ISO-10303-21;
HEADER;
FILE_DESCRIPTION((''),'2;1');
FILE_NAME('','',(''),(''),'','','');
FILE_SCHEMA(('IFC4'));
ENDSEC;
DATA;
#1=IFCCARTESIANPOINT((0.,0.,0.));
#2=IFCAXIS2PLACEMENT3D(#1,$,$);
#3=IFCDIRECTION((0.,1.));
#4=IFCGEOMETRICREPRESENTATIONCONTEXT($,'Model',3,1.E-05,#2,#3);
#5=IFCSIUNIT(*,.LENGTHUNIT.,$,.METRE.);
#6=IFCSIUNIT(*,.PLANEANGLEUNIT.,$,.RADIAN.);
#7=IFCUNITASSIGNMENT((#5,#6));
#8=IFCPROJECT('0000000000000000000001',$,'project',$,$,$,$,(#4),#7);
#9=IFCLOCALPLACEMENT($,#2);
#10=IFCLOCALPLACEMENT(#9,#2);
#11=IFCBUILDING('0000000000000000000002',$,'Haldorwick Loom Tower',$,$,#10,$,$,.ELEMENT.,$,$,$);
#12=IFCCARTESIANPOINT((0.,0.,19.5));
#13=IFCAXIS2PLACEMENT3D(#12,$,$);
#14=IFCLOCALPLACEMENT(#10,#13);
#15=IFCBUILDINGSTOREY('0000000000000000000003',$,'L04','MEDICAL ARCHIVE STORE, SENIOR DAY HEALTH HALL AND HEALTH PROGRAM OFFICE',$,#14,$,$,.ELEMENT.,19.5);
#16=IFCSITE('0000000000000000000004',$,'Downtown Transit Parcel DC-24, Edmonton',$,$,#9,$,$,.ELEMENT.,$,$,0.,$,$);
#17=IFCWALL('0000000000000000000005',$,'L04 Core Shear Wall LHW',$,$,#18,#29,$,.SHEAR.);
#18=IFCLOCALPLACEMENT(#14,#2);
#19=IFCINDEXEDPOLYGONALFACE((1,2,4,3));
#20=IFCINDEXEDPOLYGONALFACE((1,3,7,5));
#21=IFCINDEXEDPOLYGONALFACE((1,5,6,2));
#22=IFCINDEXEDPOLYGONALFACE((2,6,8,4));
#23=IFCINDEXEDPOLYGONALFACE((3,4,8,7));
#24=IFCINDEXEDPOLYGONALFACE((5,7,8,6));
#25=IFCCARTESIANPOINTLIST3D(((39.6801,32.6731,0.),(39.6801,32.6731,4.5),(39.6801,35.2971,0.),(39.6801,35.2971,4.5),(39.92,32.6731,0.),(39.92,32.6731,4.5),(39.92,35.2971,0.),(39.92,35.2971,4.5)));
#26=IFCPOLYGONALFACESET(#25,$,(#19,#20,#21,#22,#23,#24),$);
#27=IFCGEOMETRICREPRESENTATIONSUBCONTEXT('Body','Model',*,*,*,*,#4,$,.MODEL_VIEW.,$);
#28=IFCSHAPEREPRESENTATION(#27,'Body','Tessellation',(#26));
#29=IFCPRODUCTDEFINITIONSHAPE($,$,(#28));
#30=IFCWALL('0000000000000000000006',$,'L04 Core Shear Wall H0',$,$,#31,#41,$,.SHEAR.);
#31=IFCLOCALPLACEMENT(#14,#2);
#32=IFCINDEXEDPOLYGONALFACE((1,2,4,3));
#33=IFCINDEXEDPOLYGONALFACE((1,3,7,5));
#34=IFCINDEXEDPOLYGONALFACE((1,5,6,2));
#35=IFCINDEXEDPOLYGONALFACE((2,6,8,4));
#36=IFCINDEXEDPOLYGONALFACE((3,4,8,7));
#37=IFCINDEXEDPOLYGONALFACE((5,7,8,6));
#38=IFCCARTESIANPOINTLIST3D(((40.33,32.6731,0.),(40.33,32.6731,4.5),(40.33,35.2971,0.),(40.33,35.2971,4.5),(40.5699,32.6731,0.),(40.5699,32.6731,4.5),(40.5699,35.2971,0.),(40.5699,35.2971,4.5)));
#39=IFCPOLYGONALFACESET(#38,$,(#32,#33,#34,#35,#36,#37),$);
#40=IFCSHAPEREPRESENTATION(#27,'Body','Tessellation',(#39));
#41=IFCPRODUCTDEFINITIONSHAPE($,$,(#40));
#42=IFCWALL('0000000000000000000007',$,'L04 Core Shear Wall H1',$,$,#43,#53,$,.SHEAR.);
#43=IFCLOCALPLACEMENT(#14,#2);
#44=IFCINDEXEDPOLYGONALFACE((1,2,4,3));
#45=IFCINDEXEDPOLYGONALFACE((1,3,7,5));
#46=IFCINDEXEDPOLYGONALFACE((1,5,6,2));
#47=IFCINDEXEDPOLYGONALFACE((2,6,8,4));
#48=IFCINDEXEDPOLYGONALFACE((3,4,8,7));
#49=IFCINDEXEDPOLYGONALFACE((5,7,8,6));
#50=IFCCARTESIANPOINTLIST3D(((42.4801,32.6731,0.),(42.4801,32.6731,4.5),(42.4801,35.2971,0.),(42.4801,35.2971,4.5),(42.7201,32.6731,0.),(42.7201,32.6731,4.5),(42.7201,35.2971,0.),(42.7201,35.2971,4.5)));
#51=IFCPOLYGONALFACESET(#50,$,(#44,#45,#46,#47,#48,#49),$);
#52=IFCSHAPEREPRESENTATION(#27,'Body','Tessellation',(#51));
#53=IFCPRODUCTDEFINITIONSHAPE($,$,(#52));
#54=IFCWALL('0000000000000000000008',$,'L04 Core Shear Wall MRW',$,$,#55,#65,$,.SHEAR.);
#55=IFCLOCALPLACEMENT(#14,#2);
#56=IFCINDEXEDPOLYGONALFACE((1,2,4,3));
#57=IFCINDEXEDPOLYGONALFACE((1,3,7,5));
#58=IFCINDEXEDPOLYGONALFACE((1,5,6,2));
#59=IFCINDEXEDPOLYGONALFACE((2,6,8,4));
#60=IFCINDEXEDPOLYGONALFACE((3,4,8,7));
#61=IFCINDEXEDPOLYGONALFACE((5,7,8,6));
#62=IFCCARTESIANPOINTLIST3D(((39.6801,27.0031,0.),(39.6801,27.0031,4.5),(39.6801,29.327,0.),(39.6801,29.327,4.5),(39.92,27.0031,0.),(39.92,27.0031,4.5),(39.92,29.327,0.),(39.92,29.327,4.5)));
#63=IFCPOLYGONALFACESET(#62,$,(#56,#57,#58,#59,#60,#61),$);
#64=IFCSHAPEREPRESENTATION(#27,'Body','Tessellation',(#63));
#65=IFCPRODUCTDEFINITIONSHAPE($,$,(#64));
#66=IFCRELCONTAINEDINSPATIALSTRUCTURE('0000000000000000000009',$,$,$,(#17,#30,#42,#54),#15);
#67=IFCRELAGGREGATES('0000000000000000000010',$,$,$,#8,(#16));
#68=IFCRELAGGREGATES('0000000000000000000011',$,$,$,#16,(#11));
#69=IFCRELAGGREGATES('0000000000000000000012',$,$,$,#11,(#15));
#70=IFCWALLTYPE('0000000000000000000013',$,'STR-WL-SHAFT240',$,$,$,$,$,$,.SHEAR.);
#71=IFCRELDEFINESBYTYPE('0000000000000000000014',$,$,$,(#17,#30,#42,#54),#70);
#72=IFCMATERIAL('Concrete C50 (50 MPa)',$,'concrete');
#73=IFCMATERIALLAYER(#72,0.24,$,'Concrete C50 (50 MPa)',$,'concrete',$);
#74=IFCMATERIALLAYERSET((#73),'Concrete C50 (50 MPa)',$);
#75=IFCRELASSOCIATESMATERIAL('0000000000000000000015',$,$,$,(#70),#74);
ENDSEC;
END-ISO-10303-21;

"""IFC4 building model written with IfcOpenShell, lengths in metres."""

from ifc_helpers import new_model, si_unit, direction, frame, frame_2d, origin, place, context, subcontext, project, spatial, rectangle, extrude, material, layer, layer_set, type_object, element, save


model = new_model("IFC4")

# Units and contexts
model_context = context("Model", 3, precision=1e-05, world=origin(), true_north=direction((0.0, 1.0)))
body_context = subcontext(model_context, "Body", "Model", "MODEL_VIEW")
ifc_project = project(units=[si_unit("LENGTHUNIT", "METRE"), si_unit("PLANEANGLEUNIT", "RADIAN")], contexts=[model_context])

# Site, building, storey
site_placement = place(None, origin())
site = spatial("IfcSite", under=ifc_project, at=site_placement, Name="Downtown Transit Parcel DC-24, Edmonton", CompositionType="ELEMENT", RefElevation=0.0)
building_placement = place(site_placement, origin())
building = spatial("IfcBuilding", under=site, at=building_placement, Name="Haldorwick Loom Tower", CompositionType="ELEMENT")
storey_placement = place(building_placement, frame((0.0, 0.0, 19.5)))
storey = spatial("IfcBuildingStorey", under=building, at=storey_placement, Name="L04", Description="MEDICAL ARCHIVE STORE, SENIOR DAY HEALTH HALL AND HEALTH PROGRAM OFFICE", CompositionType="ELEMENT", Elevation=19.5)

# Walls
ifc_material_1 = material(Name="Concrete C50 (50 MPa)", Category="concrete")
ifc_layer_1 = layer(ifc_material_1, 0.24, Name="Concrete C50 (50 MPa)", Category="concrete")
ifc_layer_set_1 = layer_set([ifc_layer_1], Name="Concrete C50 (50 MPa)")
wall_type_1 = type_object("IfcWallType", Name="STR-WL-SHAFT240", PredefinedType="SHEAR", material=ifc_layer_set_1)
for number, where, z_axis, x_axis, name in (
    (1, (39.8, 32.6731, 0.0), (0.0, 0.0, 1.0), (0.0, 1.0, 0.0), "L04 Core Shear Wall LHW"),
    (2, (40.45, 32.6731, 0.0), (0.0, 0.0, 1.0), (0.0, 1.0, 0.0), "L04 Core Shear Wall H0"),
    (3, (42.6001, 32.6731, 0.0), (0.0, 0.0, 1.0), (0.0, 1.0, 0.0), "L04 Core Shear Wall H1"),
):
    element("IfcWall", number, at=place(storey_placement, frame(where, z_axis=z_axis, x_axis=x_axis)), inside=storey, type_object=wall_type_1, Name=name, PredefinedType="SHEAR", context=body_context, shape_type="SweptSolid", body=[
        extrude(rectangle(XDim=2.624, YDim=0.24, at=frame_2d((1.312, 0.0))), origin(), (0.0, 0.0, 1.0), 4.5),
    ])
wall_1_placement = place(storey_placement, frame((39.8, 27.0029, 0.0), z_axis=(0.0, 0.0, 1.0), x_axis=(0.0, 1.0, 0.0)))
element("IfcWall", 4, at=wall_1_placement, inside=storey, type_object=wall_type_1, Name="L04 Core Shear Wall MRW", PredefinedType="SHEAR", context=body_context, shape_type="SweptSolid", body=[
    extrude(rectangle(XDim=2.324, YDim=0.24, at=frame_2d((1.1621, 0.0))), origin(), (0.0, 0.0, 1.0), 4.5),
])

save(model, "model.ifc")
